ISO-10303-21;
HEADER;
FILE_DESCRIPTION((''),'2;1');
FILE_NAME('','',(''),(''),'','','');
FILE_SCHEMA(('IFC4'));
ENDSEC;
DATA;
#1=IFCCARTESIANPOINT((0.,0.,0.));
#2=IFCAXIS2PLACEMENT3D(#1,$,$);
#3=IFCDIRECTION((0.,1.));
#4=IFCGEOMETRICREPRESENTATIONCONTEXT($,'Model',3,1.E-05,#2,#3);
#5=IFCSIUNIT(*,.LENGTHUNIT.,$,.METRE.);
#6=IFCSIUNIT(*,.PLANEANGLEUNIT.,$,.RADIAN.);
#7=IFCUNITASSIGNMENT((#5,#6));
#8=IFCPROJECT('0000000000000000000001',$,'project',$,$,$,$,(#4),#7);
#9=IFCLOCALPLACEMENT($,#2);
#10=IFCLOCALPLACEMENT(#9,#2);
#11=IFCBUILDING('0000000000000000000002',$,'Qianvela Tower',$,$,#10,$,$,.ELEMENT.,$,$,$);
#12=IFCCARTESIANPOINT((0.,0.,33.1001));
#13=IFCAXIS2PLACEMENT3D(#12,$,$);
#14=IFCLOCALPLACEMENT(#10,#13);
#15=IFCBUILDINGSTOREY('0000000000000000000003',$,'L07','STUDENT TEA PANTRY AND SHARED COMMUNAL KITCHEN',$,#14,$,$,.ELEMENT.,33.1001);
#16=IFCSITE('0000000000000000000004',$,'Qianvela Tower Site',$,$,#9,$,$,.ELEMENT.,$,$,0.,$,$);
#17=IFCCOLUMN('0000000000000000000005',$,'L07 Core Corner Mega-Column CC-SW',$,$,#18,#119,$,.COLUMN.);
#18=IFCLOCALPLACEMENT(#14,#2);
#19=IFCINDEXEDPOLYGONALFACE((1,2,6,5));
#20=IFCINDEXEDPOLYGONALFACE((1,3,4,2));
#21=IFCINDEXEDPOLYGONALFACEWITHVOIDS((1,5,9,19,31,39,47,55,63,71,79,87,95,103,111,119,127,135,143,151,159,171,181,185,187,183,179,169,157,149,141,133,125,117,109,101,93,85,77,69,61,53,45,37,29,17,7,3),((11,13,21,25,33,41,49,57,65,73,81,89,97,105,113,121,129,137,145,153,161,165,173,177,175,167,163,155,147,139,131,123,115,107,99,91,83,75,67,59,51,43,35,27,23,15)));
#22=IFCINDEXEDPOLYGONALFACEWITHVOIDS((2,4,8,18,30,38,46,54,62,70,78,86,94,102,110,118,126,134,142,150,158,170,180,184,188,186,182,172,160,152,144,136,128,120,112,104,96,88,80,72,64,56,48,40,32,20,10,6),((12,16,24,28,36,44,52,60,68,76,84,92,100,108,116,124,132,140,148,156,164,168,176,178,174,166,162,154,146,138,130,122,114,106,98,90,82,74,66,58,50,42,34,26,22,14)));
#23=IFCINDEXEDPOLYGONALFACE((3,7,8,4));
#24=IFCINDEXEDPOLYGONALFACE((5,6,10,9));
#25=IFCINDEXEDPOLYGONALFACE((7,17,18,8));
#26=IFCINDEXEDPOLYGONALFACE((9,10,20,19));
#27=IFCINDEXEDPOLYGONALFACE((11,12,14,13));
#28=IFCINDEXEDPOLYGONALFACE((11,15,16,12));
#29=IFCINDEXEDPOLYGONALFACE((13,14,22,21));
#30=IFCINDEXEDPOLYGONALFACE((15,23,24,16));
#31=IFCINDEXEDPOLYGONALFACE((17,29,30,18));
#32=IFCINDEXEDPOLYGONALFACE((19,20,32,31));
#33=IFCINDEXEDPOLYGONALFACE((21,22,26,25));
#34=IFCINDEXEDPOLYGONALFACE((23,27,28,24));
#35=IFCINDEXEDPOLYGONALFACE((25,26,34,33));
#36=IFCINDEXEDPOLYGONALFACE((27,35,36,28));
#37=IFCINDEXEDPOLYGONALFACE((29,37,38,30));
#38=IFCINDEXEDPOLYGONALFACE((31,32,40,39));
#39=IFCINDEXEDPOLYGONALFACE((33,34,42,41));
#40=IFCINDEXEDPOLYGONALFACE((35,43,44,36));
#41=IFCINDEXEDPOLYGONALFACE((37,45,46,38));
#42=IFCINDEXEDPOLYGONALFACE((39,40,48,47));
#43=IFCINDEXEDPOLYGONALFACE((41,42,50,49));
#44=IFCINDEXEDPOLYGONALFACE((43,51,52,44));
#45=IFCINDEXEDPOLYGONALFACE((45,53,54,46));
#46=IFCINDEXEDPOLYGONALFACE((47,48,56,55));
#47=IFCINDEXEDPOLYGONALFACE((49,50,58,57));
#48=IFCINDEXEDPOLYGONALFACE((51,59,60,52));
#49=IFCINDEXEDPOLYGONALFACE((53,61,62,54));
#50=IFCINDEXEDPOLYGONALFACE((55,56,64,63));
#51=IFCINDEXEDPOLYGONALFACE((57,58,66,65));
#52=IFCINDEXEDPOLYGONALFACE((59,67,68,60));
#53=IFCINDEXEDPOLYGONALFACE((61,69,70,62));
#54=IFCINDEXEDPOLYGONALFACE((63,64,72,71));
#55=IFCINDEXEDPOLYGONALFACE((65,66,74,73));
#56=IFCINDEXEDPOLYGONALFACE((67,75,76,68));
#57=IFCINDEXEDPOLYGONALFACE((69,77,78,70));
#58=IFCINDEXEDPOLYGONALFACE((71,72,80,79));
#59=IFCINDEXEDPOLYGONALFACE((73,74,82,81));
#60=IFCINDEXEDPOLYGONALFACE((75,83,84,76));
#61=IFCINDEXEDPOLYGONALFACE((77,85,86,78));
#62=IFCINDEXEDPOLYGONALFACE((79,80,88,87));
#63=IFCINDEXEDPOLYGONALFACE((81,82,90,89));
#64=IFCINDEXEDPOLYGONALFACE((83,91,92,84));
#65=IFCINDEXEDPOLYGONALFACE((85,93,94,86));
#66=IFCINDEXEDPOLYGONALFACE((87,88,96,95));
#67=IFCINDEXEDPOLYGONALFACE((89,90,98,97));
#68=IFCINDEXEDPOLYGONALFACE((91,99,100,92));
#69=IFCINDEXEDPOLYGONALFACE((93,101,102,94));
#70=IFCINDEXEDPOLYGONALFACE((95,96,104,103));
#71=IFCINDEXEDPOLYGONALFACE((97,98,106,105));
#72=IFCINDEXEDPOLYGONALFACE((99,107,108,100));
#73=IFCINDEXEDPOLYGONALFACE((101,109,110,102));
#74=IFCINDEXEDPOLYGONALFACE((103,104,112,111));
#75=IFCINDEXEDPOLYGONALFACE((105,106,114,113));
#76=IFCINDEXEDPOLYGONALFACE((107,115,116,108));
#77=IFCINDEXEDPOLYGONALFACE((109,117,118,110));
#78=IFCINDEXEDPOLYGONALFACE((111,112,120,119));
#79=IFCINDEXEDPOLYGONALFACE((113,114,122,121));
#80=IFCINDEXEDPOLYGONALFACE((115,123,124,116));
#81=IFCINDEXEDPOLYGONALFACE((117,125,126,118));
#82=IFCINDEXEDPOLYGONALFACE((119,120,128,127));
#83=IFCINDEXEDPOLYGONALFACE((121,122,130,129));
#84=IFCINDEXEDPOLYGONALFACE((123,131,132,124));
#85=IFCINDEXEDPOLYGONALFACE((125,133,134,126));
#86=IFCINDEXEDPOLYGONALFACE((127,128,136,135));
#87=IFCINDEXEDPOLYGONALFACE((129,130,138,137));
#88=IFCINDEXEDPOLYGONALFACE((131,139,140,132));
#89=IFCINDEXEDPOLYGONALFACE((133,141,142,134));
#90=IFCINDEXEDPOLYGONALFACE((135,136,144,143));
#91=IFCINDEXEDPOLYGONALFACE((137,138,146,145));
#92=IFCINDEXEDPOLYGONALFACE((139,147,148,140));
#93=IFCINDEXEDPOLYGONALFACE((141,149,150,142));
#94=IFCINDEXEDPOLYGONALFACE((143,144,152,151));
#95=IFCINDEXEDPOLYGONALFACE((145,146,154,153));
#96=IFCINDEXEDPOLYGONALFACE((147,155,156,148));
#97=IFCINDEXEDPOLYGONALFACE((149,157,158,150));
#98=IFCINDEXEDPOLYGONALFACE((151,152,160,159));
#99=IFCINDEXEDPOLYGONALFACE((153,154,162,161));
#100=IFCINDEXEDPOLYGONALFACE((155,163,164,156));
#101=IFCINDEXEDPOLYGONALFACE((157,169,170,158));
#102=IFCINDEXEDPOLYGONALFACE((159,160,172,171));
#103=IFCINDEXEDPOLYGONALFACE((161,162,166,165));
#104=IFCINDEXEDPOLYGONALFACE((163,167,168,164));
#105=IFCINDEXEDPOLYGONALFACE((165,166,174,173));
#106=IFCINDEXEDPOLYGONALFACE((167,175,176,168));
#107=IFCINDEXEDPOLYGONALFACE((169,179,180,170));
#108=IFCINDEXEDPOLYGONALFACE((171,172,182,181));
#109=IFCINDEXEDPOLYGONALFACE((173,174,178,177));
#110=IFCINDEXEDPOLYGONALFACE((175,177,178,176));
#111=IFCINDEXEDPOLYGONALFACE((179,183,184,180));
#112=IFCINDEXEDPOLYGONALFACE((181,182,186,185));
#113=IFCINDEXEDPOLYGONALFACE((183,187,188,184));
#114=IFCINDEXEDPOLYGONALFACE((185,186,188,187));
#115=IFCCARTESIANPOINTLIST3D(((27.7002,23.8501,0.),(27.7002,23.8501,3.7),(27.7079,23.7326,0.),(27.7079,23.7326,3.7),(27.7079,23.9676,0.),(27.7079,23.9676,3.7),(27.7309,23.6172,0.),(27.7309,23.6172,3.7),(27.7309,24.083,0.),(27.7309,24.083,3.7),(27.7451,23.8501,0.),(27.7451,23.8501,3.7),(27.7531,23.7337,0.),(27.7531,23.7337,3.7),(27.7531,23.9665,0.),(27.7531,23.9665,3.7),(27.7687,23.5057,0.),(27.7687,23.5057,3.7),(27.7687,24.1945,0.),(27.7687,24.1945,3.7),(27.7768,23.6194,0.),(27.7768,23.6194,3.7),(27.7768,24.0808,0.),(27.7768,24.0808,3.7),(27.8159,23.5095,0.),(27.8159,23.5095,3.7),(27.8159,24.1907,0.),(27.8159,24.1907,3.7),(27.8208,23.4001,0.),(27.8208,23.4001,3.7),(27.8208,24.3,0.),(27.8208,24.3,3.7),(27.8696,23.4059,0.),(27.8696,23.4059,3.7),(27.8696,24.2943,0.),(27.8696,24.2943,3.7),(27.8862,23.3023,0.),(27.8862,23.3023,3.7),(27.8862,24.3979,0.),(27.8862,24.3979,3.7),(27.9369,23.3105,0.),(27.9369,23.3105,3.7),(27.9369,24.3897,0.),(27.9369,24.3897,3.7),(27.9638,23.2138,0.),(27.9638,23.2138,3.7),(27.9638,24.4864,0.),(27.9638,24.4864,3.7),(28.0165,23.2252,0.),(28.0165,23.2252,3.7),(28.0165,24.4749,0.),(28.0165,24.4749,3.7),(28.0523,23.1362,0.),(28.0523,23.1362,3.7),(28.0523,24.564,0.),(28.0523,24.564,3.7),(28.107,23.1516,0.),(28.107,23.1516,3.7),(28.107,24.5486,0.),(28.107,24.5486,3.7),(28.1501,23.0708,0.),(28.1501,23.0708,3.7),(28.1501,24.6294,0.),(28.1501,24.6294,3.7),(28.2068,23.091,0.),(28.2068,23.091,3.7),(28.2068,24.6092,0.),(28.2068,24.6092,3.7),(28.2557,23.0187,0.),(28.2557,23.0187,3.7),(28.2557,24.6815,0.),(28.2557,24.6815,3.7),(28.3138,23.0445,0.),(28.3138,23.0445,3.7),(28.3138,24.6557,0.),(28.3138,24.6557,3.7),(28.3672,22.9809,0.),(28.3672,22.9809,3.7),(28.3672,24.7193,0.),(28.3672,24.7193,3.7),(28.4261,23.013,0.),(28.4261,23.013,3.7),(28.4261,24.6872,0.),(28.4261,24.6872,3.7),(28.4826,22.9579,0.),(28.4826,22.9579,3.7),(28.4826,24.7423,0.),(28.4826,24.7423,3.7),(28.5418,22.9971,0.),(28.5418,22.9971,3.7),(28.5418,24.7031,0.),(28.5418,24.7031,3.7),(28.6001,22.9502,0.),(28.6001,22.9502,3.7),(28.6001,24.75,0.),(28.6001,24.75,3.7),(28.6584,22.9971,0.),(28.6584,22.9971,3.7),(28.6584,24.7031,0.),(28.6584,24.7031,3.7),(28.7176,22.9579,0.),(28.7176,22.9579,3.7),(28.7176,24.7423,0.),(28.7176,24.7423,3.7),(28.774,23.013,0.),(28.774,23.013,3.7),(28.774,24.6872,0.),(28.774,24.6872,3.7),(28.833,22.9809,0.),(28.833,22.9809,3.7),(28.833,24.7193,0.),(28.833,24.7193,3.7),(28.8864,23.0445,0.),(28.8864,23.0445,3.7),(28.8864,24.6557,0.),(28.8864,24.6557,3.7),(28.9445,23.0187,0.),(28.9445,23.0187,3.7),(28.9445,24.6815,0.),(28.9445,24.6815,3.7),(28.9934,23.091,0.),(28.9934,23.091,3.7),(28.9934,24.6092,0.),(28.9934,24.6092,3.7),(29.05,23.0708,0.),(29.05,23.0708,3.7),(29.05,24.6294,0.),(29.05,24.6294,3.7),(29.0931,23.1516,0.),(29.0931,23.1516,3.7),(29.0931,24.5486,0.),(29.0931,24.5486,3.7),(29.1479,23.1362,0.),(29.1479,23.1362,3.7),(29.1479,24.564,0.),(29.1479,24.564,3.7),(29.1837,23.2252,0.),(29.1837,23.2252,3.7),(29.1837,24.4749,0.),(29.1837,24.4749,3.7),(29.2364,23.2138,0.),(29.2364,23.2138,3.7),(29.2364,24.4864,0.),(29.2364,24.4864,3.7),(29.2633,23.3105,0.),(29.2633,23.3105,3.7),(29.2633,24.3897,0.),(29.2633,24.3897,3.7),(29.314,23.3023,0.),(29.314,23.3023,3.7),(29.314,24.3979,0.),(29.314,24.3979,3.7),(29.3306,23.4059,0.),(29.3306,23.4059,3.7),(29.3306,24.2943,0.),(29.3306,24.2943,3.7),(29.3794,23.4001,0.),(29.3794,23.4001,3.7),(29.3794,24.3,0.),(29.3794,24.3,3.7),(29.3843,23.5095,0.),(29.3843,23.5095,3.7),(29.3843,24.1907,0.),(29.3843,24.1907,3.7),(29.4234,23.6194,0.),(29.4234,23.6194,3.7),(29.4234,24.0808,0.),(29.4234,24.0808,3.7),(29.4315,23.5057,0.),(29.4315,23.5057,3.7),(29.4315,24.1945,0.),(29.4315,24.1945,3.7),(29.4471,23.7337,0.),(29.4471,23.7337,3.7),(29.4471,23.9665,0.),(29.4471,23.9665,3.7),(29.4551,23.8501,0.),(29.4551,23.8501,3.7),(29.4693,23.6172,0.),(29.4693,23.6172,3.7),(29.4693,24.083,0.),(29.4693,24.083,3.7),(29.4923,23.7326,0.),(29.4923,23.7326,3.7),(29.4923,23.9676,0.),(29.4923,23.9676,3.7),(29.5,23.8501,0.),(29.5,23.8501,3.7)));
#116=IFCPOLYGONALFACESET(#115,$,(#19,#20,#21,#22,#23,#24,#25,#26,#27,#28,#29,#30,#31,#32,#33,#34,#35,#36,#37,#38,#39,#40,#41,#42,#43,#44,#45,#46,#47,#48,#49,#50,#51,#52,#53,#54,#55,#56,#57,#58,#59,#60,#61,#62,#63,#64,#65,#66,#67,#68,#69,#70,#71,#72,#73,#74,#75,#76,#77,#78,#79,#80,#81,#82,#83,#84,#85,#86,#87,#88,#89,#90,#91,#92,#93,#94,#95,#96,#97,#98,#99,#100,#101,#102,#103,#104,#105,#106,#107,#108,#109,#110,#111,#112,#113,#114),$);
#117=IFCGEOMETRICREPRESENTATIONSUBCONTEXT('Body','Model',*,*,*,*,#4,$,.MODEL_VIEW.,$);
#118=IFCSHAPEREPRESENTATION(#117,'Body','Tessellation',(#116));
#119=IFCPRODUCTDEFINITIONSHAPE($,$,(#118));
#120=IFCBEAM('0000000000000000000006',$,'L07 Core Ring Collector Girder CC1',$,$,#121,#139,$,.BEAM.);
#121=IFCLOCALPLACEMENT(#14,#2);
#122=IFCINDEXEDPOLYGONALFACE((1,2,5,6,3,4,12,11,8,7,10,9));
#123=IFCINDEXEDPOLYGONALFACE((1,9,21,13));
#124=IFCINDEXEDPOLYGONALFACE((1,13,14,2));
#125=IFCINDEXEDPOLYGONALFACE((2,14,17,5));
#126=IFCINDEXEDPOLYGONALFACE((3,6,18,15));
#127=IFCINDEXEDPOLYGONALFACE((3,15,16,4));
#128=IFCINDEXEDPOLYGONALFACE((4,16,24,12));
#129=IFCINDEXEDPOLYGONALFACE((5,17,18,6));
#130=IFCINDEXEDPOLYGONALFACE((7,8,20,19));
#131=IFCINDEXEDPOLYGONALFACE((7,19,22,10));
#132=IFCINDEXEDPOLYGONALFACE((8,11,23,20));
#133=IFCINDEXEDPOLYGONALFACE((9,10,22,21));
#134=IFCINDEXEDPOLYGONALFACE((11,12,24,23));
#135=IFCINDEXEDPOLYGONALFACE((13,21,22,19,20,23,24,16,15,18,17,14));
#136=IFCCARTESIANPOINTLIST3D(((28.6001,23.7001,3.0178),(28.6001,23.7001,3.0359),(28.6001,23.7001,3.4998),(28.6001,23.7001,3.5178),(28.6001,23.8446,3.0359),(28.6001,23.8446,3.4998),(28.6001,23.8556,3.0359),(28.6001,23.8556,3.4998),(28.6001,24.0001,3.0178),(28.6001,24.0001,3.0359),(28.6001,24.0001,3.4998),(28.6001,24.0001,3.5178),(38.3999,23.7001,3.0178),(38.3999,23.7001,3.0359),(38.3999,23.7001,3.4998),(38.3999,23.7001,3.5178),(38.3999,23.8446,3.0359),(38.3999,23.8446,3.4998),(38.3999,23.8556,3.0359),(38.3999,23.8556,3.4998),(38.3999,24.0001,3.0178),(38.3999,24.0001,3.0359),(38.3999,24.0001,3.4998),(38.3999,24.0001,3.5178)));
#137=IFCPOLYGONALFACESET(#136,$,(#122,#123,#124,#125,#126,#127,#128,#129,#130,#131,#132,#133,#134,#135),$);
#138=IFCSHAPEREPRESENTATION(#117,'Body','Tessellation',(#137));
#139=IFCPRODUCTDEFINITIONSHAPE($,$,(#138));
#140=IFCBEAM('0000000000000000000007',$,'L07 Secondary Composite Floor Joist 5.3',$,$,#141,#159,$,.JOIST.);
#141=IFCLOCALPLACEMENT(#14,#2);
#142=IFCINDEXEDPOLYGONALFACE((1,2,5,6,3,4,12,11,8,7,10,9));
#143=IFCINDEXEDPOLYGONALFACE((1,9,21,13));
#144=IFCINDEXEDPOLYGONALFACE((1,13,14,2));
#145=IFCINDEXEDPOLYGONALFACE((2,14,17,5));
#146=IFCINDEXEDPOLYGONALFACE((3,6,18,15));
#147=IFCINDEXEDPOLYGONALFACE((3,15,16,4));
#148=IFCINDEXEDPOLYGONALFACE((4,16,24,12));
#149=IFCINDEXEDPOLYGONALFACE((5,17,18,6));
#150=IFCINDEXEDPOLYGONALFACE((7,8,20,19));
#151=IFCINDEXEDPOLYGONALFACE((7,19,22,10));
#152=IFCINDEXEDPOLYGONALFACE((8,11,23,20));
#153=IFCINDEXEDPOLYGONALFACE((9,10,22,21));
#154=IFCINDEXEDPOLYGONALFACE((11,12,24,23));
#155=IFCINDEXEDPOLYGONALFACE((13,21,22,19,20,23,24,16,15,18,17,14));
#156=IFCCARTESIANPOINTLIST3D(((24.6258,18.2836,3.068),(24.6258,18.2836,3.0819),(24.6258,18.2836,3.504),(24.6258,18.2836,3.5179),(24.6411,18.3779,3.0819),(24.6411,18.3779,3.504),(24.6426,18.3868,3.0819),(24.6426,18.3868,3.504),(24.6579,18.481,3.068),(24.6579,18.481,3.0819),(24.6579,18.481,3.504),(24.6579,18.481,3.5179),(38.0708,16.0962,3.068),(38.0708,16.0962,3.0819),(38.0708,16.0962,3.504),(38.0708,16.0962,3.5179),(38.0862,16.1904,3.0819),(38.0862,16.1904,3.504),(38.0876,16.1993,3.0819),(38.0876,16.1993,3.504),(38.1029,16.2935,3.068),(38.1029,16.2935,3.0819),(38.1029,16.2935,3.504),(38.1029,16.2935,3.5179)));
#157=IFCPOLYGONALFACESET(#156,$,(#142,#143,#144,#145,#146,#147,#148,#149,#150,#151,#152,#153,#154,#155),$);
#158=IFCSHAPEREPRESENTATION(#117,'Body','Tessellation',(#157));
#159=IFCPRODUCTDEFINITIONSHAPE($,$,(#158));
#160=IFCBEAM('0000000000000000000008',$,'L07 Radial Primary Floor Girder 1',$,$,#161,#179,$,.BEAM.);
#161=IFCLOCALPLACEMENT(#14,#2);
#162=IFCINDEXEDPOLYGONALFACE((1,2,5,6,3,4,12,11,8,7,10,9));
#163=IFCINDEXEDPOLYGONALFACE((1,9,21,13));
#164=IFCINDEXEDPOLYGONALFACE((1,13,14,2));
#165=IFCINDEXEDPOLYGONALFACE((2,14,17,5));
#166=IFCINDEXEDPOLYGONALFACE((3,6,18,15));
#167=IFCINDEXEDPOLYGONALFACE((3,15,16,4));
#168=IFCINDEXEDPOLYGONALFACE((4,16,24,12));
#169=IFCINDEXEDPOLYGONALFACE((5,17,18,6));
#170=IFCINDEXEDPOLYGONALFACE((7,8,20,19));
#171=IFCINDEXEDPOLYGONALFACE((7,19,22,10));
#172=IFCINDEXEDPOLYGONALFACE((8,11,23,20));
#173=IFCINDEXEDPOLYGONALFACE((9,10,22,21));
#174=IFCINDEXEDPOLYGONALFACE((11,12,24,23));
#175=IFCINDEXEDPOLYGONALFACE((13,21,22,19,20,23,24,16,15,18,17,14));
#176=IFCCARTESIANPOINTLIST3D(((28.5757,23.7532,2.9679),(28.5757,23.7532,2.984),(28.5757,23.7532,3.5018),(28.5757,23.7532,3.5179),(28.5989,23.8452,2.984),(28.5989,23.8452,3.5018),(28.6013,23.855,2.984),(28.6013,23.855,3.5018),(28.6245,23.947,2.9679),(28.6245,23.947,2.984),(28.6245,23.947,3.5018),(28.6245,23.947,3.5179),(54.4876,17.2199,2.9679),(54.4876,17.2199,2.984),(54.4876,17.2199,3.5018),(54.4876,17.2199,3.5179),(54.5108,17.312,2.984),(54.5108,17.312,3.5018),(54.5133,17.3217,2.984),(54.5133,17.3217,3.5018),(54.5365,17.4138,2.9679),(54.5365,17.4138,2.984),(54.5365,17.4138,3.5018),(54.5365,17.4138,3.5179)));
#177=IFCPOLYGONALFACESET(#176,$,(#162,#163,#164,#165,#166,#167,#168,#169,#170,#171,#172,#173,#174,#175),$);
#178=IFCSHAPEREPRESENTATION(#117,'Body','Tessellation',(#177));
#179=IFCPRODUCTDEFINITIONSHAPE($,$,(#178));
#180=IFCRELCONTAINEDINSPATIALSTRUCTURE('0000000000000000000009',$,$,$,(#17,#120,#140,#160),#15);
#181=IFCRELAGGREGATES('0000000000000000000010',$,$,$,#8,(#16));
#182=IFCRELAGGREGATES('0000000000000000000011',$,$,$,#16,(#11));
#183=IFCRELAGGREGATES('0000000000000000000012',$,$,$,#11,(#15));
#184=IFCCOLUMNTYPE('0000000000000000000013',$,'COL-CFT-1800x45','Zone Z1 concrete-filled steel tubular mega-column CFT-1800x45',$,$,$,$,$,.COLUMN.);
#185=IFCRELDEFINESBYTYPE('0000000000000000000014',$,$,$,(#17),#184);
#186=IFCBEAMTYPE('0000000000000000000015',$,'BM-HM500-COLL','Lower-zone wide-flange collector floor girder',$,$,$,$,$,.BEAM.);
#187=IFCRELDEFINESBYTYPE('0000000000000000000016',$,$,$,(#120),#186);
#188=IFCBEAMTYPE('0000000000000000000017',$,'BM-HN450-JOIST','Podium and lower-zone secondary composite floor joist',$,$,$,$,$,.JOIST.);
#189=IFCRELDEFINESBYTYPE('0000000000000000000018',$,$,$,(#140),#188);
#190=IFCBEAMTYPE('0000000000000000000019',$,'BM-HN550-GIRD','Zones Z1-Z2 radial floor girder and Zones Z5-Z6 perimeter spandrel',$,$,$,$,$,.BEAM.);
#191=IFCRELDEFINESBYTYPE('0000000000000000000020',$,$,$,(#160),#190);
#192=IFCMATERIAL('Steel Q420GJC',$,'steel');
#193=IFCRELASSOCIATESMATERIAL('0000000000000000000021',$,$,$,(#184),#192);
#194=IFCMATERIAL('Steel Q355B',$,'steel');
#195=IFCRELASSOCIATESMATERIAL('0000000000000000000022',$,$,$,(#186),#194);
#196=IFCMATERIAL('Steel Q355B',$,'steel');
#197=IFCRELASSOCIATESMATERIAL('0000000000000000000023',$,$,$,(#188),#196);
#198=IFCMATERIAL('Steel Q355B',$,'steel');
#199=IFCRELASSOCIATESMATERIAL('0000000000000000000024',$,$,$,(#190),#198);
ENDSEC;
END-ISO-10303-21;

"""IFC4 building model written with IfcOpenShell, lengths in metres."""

from ifc_helpers import new_model, si_unit, direction, frame, origin, origin_2d, place, context, subcontext, project, spatial, hollow_circle, i_section, extrude, material, material_profile, profile_set, type_object, element, save


model = new_model("IFC4")

# Units and contexts
model_context = context("Model", 3, precision=1e-05, world=origin(), true_north=direction((0.0, 1.0)))
body_context = subcontext(model_context, "Body", "Model", "MODEL_VIEW")
ifc_project = project(units=[si_unit("LENGTHUNIT", "METRE"), si_unit("PLANEANGLEUNIT", "RADIAN")], contexts=[model_context])

# Site, building, storey
site_placement = place(None, origin())
site = spatial("IfcSite", under=ifc_project, at=site_placement, Name="Qianvela Tower Site", CompositionType="ELEMENT", RefElevation=0.0)
building_placement = place(site_placement, origin())
building = spatial("IfcBuilding", under=site, at=building_placement, Name="Qianvela Tower", CompositionType="ELEMENT")
storey_placement = place(building_placement, frame((0.0, 0.0, 33.1001)))
storey = spatial("IfcBuildingStorey", under=building, at=storey_placement, Name="L07", Description="STUDENT TEA PANTRY AND SHARED COMMUNAL KITCHEN", CompositionType="ELEMENT", Elevation=33.1001)

# Column
ifc_material_1 = material(Name="Steel Q420GJC", Category="steel")
ifc_material_profile_1 = material_profile(ifc_material_1, hollow_circle(Radius=0.8999, WallThickness=0.0449, at=origin_2d()), Name="CFT-1800x45")
ifc_profile_set_1 = profile_set([ifc_material_profile_1], Name="Steel Q420GJC")
column_type = type_object("IfcColumnType", Name="COL-CFT-1800x45", Description="Zone Z1 concrete-filled steel tubular mega-column CFT-1800x45", PredefinedType="COLUMN", material=ifc_profile_set_1)
column_placement = place(storey_placement, frame((28.6001, 23.8501, 0.0), z_axis=(0.0, 0.0, 1.0), x_axis=(1.0, 0.0, 0.0)))
element("IfcColumn", 1, at=column_placement, inside=storey, type_object=column_type, Name="L07 Core Corner Mega-Column CC-SW", PredefinedType="COLUMN", context=body_context, shape_type="SweptSolid", body=[
    extrude(hollow_circle(Radius=0.8999, WallThickness=0.0449, at=origin_2d()), origin(), (0.0, 0.0, 1.0), 3.7),
])

# Beams
ifc_material_2 = material(Name="Steel Q355B", Category="steel")
ifc_material_profile_2 = material_profile(ifc_material_2, i_section(OverallWidth=0.3, OverallDepth=0.5, WebThickness=0.011, FlangeThickness=0.0181, at=origin_2d()), Name="HM500x300x11x18")
ifc_profile_set_2 = profile_set([ifc_material_profile_2], Name="Steel Q355B")
beam_type_1 = type_object("IfcBeamType", Name="BM-HM500-COLL", Description="Lower-zone wide-flange collector floor girder", PredefinedType="BEAM", material=ifc_profile_set_2)
beam_1_placement = place(storey_placement, frame((28.6001, 23.8501, 3.2678), z_axis=(1.0, 0.0, 0.0), x_axis=(0.0, 1.0, 0.0)))
element("IfcBeam", 2, at=beam_1_placement, inside=storey, type_object=beam_type_1, Name="L07 Core Ring Collector Girder CC1", PredefinedType="BEAM", context=body_context, shape_type="SweptSolid", body=[
    extrude(i_section(OverallWidth=0.3, OverallDepth=0.5, WebThickness=0.011, FlangeThickness=0.0181, at=origin_2d()), origin(), (0.0, 0.0, 1.0), 9.7998),
])
ifc_material_3 = material(Name="Steel Q355B", Category="steel")
ifc_material_profile_3 = material_profile(ifc_material_3, i_section(OverallWidth=0.2, OverallDepth=0.45, WebThickness=0.009, FlangeThickness=0.0139, at=origin_2d()), Name="HN450x200x9x14")
ifc_profile_set_3 = profile_set([ifc_material_profile_3], Name="Steel Q355B")
beam_type_2 = type_object("IfcBeamType", Name="BM-HN450-JOIST", Description="Podium and lower-zone secondary composite floor joist", PredefinedType="JOIST", material=ifc_profile_set_3)
beam_2_placement = place(storey_placement, frame((24.6418, 18.3823, 3.293), z_axis=(0.987022, -0.160587, 0.0), x_axis=(0.160587, 0.987022, 0.0)))
element("IfcBeam", 3, at=beam_2_placement, inside=storey, type_object=beam_type_2, Name="L07 Secondary Composite Floor Joist 5.3", PredefinedType="JOIST", context=body_context, shape_type="SweptSolid", body=[
    extrude(i_section(OverallWidth=0.2, OverallDepth=0.45, WebThickness=0.009, FlangeThickness=0.0139, at=origin_2d()), origin(), (0.0, 0.0, 1.0), 13.6218),
])
ifc_material_4 = material(Name="Steel Q355B", Category="steel")
ifc_material_profile_4 = material_profile(ifc_material_4, i_section(OverallWidth=0.2, OverallDepth=0.55, WebThickness=0.01, FlangeThickness=0.0161, at=origin_2d()), Name="HN550x200x10x16")
ifc_profile_set_4 = profile_set([ifc_material_profile_4], Name="Steel Q355B")
beam_type_3 = type_object("IfcBeamType", Name="BM-HN550-GIRD", Description="Zones Z1-Z2 radial floor girder and Zones Z5-Z6 perimeter spandrel", PredefinedType="BEAM", material=ifc_profile_set_4)
beam_3_placement = place(storey_placement, frame((28.6001, 23.8501, 3.2429), z_axis=(0.969654, -0.244481, 0.0), x_axis=(0.244481, 0.969654, 0.0)))
element("IfcBeam", 4, at=beam_3_placement, inside=storey, type_object=beam_type_3, Name="L07 Radial Primary Floor Girder 1", PredefinedType="BEAM", context=body_context, shape_type="SweptSolid", body=[
    extrude(i_section(OverallWidth=0.2, OverallDepth=0.55, WebThickness=0.01, FlangeThickness=0.0161, at=origin_2d()), origin(), (0.0, 0.0, 1.0), 26.7229),
])

save(model, "model.ifc")
